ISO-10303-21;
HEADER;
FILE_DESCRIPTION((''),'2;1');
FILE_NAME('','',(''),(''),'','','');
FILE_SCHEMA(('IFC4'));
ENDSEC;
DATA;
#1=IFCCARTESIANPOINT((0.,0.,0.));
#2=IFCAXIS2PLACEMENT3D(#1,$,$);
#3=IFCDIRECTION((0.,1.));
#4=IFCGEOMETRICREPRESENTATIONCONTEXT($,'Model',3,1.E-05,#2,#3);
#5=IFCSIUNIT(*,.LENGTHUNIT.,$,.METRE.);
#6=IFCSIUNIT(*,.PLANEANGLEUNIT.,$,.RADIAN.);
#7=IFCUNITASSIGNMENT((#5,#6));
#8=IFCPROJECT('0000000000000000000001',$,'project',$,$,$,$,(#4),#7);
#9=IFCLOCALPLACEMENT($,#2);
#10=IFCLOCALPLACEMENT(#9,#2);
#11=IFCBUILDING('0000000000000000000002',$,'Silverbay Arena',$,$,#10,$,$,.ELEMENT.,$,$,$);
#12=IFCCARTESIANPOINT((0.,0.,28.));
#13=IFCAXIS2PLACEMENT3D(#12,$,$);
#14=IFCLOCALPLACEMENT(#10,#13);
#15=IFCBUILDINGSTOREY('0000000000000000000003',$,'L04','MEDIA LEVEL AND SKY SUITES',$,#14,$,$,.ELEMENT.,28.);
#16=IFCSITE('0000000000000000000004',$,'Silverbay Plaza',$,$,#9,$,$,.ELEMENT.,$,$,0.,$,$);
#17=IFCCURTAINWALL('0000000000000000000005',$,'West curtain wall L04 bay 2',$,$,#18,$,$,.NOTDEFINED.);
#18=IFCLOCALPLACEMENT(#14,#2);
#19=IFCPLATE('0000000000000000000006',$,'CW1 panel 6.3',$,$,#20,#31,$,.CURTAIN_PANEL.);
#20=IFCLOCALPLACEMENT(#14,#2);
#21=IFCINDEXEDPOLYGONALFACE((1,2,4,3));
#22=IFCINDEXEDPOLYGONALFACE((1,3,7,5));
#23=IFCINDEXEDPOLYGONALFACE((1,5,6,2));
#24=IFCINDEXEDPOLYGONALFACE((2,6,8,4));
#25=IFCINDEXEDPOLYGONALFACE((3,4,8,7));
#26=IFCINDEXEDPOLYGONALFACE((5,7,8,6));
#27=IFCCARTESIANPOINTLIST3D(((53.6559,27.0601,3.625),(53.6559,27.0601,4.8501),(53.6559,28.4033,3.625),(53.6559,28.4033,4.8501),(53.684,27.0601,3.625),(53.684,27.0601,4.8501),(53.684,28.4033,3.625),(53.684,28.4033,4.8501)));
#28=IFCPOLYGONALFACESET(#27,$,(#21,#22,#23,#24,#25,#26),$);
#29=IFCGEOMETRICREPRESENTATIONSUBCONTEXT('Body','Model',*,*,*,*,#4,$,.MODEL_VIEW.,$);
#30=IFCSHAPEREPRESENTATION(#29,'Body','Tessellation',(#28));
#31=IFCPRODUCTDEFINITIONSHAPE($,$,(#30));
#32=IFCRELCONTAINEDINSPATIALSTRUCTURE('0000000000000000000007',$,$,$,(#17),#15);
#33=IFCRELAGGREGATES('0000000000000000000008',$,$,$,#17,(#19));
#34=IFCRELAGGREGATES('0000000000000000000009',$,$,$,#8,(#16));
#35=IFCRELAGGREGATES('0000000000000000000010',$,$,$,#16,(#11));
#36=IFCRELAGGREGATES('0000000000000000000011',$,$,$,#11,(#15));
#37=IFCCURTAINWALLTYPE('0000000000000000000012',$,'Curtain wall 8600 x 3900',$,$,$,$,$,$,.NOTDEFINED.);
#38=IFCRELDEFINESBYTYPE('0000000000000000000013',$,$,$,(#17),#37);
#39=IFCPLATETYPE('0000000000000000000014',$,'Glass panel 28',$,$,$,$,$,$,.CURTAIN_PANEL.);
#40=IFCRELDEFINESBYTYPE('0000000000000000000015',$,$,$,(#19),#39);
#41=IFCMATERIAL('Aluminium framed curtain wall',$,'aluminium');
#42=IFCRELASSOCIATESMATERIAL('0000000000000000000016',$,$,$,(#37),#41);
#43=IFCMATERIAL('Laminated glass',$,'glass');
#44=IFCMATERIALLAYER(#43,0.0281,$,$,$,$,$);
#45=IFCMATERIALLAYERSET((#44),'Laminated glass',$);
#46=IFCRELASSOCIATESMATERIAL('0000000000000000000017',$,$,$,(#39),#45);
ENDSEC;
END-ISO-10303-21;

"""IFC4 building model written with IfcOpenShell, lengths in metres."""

from ifc_helpers import new_model, si_unit, direction, frame, origin, origin_2d, place, context, subcontext, project, spatial, rectangle, extrude, material, layer, layer_set, type_object, element, aggregate, save


model = new_model("IFC4")

# Units and contexts
model_context = context("Model", 3, precision=1e-05, world=origin(), true_north=direction((0.0, 1.0)))
body_context = subcontext(model_context, "Body", "Model", "MODEL_VIEW")
ifc_project = project(units=[si_unit("LENGTHUNIT", "METRE"), si_unit("PLANEANGLEUNIT", "RADIAN")], contexts=[model_context])

# Site, building, storey
site_placement = place(None, origin())
site = spatial("IfcSite", under=ifc_project, at=site_placement, Name="Silverbay Plaza", CompositionType="ELEMENT", RefElevation=0.0)
building_placement = place(site_placement, origin())
building = spatial("IfcBuilding", under=site, at=building_placement, Name="Silverbay Arena", CompositionType="ELEMENT")
storey_placement = place(building_placement, frame((0.0, 0.0, 28.0)))
storey = spatial("IfcBuildingStorey", under=building, at=storey_placement, Name="L04", Description="MEDIA LEVEL AND SKY SUITES", CompositionType="ELEMENT", Elevation=28.0)

# Curtain wall, plate
ifc_material_1 = material(Name="Aluminium framed curtain wall", Category="aluminium")
curtain_wall_type = type_object("IfcCurtainWallType", Name="Curtain wall 8600 x 3900", PredefinedType="NOTDEFINED", material=ifc_material_1)
curtain_wall_placement = place(storey_placement, origin())
curtain_wall = element("IfcCurtainWall", 1, at=curtain_wall_placement, inside=storey, type_object=curtain_wall_type, Name="West curtain wall L04 bay 2", PredefinedType="NOTDEFINED")
ifc_material_2 = material(Name="Laminated glass", Category="glass")
ifc_layer = layer(ifc_material_2, 0.0281)
ifc_layer_set = layer_set([ifc_layer], Name="Laminated glass")
plate_type = type_object("IfcPlateType", Name="Glass panel 28", PredefinedType="CURTAIN_PANEL", material=ifc_layer_set)
plate_1_placement = place(storey_placement, frame((53.6699, 27.7317, 3.625), z_axis=(0.0, 0.0, 1.0), x_axis=(0.0, -1.0, 0.0)))
plate_1 = element("IfcPlate", 2, at=plate_1_placement, type_object=plate_type, Name="CW1 panel 6.3", PredefinedType="CURTAIN_PANEL", context=body_context, shape_type="SweptSolid", body=[
    extrude(rectangle(XDim=1.3433, YDim=0.0281, at=origin_2d()), origin(), (0.0, 0.0, 1.0), 1.2251),
])
aggregate(curtain_wall, [plate_1])

save(model, "model.ifc")
